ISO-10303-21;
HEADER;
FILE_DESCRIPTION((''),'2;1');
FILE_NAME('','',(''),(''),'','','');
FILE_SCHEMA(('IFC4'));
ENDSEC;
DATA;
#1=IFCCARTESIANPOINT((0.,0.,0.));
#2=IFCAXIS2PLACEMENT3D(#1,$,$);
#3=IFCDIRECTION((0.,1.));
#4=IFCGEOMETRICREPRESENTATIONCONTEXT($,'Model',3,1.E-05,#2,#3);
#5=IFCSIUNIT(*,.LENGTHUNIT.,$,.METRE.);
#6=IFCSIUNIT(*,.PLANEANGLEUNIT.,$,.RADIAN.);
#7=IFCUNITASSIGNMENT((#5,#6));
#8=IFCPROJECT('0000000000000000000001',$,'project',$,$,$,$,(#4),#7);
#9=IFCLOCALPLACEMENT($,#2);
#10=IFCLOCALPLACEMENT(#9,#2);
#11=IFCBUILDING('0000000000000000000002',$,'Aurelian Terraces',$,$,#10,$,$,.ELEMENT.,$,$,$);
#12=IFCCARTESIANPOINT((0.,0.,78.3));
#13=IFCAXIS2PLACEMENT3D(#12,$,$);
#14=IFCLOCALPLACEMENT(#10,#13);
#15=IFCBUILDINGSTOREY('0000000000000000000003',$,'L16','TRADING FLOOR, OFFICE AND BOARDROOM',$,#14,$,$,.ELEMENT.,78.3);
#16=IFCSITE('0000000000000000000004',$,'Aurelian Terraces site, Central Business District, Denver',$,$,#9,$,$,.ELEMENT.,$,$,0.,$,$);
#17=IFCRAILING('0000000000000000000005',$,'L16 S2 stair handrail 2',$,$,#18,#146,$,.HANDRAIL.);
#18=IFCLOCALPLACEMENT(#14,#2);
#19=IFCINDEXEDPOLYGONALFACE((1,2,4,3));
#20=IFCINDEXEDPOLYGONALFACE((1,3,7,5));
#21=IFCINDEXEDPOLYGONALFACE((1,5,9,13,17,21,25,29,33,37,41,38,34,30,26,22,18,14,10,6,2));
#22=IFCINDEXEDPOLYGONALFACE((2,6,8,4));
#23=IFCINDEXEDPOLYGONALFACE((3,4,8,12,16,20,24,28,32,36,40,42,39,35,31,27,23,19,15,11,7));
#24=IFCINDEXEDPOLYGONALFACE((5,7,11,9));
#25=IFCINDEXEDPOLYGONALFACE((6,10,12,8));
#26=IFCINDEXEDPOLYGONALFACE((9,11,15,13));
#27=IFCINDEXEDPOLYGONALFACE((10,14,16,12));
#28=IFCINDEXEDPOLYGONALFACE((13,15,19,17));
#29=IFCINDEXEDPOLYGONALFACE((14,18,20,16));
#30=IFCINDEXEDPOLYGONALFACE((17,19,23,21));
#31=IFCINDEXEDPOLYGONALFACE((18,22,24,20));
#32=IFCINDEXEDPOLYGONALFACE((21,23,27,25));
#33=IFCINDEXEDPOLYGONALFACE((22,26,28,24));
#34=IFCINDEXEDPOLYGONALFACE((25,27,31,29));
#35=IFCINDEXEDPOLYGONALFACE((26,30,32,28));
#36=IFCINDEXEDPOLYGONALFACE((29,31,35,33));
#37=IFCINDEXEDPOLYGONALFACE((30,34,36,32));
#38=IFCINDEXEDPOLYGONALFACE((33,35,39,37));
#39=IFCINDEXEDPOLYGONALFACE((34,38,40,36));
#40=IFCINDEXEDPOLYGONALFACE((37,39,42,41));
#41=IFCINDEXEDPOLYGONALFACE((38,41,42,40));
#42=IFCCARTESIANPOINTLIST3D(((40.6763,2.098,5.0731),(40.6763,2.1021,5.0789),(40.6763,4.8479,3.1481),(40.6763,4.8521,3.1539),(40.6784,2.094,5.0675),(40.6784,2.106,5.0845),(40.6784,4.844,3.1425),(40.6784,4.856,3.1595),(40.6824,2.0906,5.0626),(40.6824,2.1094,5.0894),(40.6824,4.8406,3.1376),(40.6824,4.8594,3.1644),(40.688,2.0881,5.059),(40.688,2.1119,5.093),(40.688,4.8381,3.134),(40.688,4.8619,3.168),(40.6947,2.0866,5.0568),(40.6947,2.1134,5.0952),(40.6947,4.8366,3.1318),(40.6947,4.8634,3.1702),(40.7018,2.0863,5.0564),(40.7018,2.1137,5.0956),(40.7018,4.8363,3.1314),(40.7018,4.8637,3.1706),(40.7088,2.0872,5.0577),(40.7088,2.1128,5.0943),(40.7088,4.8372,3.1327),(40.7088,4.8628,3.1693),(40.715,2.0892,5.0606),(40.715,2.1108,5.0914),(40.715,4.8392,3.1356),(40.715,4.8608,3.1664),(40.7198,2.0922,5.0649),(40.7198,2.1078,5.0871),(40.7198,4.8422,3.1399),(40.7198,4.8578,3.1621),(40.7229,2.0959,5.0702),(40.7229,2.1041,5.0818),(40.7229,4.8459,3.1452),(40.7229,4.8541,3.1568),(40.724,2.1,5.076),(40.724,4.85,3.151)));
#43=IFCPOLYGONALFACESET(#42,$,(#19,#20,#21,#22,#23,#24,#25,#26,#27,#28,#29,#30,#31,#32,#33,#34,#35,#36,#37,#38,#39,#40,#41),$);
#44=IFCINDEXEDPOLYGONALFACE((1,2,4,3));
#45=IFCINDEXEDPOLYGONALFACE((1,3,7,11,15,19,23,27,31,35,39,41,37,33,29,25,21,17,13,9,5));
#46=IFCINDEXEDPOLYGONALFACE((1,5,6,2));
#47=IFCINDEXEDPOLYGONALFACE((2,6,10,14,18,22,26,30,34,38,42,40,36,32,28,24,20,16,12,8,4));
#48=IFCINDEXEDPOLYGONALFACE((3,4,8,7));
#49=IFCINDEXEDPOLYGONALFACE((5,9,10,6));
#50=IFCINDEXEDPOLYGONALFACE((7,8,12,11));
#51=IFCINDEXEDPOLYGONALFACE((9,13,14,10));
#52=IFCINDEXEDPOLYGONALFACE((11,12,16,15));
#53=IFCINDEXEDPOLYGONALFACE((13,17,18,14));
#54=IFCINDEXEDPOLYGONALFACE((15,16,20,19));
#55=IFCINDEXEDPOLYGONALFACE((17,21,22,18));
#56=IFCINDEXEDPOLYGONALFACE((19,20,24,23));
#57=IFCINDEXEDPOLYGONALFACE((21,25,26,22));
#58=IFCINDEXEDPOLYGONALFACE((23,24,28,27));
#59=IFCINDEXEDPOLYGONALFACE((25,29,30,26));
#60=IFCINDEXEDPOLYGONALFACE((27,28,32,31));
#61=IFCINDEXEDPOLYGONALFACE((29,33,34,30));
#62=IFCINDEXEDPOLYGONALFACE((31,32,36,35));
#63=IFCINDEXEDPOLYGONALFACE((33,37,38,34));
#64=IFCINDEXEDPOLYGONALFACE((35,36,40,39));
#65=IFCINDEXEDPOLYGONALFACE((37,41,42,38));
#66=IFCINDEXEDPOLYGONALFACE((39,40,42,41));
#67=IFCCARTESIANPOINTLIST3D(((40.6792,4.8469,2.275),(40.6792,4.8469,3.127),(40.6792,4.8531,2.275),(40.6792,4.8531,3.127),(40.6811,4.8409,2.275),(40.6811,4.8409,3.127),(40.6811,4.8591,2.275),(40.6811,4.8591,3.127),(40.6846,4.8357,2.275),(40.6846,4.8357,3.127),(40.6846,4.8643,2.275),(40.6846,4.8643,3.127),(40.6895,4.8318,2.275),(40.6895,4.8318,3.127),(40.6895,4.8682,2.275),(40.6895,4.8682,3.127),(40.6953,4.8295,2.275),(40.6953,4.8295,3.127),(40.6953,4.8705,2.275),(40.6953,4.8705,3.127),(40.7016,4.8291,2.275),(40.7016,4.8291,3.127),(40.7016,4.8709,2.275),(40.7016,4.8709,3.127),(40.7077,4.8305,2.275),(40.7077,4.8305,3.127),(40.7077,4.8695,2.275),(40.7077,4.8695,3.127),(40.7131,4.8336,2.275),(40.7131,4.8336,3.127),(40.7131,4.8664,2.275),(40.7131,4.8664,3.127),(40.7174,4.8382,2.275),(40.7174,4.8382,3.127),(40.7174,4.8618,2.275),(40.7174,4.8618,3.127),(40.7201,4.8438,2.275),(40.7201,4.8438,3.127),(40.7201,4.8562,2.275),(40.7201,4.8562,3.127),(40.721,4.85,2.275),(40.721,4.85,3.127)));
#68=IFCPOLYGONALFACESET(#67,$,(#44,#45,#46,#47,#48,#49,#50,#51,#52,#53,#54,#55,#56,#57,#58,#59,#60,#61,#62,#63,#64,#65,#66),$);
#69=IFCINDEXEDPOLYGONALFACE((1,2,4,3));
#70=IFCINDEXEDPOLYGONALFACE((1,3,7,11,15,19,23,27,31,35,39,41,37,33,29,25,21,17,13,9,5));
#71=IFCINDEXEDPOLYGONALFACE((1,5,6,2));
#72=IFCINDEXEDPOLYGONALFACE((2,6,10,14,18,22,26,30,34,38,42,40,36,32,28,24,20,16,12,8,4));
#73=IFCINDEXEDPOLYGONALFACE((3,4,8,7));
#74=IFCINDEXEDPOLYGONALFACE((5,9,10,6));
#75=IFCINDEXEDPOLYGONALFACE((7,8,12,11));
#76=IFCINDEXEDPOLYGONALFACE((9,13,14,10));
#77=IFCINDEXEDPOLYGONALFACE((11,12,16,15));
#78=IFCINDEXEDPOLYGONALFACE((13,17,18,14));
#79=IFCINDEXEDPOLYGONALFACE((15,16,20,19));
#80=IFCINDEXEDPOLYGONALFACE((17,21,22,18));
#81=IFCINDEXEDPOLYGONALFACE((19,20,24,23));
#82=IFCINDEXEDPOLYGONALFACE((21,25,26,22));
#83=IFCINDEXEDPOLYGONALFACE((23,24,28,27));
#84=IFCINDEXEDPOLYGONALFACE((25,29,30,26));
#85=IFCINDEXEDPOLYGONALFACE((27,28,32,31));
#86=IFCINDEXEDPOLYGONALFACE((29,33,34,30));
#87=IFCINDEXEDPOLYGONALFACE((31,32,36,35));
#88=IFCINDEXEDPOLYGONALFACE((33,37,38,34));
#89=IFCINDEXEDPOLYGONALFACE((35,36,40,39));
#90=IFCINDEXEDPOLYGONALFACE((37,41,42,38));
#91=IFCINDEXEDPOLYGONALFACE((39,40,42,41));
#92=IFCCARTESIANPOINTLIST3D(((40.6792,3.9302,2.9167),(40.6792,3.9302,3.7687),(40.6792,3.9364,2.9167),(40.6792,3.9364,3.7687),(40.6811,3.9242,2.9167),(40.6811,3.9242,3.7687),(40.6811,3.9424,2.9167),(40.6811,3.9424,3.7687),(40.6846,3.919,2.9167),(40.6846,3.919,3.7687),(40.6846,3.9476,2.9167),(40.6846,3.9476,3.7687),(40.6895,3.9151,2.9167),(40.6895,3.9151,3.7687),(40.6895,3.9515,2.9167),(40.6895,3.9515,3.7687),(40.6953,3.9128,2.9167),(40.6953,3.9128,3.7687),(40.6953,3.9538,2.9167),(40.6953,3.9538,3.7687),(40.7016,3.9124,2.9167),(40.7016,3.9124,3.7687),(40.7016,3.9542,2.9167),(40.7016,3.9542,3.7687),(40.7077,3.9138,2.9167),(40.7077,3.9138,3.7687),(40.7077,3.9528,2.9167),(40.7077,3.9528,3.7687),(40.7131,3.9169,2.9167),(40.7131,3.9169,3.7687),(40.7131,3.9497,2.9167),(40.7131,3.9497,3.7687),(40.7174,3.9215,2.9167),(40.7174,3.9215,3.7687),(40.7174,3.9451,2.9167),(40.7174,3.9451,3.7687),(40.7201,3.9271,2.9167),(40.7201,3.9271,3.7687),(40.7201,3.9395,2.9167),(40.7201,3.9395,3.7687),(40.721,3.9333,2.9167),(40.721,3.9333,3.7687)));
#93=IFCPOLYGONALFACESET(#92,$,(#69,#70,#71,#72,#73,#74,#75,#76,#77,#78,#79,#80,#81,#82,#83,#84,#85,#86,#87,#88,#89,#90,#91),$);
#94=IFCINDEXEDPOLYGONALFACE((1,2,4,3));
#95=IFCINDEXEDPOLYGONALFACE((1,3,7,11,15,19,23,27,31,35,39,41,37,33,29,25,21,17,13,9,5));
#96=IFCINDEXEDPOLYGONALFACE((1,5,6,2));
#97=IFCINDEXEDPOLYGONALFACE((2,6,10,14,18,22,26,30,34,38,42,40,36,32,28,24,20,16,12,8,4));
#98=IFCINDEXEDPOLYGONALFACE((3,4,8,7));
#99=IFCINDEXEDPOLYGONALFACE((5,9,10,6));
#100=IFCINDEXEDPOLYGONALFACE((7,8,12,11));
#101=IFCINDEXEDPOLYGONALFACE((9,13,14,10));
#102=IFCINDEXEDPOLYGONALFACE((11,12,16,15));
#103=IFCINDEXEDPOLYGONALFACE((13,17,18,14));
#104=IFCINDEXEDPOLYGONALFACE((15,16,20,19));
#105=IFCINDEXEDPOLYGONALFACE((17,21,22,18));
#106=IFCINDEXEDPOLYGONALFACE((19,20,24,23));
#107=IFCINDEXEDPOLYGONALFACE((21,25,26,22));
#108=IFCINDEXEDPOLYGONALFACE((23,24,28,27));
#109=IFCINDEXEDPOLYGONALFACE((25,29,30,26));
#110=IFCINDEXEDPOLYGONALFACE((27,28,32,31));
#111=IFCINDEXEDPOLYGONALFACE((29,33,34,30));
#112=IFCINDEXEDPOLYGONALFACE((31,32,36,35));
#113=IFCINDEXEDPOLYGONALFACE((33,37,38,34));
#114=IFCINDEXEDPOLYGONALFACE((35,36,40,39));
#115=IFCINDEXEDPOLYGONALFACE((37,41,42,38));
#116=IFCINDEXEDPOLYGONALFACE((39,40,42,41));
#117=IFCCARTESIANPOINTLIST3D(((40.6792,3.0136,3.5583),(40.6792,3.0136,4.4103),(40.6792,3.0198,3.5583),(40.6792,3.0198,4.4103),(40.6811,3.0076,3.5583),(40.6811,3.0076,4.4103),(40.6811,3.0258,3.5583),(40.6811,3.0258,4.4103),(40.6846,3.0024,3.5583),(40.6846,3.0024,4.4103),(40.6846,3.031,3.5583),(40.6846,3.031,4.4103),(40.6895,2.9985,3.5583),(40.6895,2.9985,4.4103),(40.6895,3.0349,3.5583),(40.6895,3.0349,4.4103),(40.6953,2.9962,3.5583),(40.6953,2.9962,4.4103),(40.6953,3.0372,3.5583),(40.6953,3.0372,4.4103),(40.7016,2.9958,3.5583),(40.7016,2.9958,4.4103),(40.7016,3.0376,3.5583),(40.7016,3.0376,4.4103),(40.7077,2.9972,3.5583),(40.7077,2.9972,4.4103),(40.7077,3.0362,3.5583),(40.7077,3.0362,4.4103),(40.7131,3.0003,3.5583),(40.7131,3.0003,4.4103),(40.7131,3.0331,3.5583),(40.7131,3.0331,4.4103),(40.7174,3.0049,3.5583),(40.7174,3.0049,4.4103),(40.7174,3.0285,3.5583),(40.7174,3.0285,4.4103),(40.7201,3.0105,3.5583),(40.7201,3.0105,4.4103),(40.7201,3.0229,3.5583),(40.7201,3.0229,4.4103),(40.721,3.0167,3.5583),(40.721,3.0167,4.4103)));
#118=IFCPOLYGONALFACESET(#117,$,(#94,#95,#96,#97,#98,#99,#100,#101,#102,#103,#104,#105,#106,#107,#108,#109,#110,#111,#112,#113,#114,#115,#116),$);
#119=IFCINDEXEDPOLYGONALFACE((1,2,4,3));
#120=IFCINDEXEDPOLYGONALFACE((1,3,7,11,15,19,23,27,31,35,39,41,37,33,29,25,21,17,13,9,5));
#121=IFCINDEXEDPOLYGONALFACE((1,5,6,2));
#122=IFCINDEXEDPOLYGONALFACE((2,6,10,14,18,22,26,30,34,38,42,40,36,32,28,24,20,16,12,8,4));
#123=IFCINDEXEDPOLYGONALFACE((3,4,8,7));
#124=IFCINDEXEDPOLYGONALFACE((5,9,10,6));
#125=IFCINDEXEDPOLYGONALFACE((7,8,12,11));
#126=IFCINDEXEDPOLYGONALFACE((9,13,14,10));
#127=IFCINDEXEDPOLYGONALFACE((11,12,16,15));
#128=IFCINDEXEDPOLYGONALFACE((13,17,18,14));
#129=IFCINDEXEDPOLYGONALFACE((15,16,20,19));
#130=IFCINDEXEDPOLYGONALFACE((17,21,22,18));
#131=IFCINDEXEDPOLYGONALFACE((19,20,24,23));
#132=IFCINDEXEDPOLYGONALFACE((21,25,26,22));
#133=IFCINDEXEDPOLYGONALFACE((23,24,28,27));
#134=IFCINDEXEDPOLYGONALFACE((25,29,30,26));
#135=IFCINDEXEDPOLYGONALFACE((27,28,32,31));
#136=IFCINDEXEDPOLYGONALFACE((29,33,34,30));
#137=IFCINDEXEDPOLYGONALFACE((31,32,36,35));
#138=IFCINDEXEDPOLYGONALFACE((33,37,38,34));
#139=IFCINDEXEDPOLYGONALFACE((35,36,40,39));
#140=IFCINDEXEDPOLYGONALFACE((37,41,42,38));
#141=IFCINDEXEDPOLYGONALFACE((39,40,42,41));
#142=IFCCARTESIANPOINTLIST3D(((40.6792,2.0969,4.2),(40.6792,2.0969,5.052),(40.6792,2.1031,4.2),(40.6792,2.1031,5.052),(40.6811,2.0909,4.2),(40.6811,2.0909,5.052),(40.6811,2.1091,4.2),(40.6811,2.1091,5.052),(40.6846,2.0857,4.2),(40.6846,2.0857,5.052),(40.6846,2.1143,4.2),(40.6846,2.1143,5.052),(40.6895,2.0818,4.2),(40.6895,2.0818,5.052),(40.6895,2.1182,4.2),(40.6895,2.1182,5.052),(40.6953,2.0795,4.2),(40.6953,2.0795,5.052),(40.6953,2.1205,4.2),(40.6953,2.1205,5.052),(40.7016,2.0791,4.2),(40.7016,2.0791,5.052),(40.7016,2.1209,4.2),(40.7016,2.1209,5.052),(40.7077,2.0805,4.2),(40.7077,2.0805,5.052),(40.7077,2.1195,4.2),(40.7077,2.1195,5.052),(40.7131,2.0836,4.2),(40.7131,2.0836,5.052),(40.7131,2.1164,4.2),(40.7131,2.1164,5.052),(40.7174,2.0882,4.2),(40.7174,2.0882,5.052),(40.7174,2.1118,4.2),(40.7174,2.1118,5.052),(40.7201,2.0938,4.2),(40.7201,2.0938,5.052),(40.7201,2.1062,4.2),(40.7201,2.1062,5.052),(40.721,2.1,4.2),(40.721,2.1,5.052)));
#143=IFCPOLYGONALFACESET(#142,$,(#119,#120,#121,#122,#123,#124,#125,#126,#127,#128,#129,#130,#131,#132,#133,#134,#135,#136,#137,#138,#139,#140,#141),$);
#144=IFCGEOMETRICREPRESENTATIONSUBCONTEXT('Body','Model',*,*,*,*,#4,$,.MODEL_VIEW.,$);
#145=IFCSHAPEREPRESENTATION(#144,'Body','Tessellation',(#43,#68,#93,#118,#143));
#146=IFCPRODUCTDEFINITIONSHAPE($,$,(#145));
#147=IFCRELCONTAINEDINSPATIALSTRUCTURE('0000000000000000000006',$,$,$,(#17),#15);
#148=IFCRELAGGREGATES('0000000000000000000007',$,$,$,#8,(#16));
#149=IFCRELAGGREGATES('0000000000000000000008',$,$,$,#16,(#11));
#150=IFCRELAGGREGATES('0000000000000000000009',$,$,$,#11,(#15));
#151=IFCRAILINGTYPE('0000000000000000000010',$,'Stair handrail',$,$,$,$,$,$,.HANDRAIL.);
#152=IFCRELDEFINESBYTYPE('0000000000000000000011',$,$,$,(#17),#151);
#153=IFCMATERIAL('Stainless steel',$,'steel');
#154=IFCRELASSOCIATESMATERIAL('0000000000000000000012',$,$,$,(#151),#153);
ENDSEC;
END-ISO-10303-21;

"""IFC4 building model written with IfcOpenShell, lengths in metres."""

from ifc_helpers import new_model, si_unit, direction, frame, origin, origin_2d, place, context, subcontext, project, spatial, circle, extrude, source, transform, mapped, material, type_object, element, save


model = new_model("IFC4")

# Units and contexts
model_context = context("Model", 3, precision=1e-05, world=origin(), true_north=direction((0.0, 1.0)))
body_context = subcontext(model_context, "Body", "Model", "MODEL_VIEW")
ifc_project = project(units=[si_unit("LENGTHUNIT", "METRE"), si_unit("PLANEANGLEUNIT", "RADIAN")], contexts=[model_context])

# Site, building, storey
site_placement = place(None, origin())
site = spatial("IfcSite", under=ifc_project, at=site_placement, Name="Aurelian Terraces site, Central Business District, Denver", CompositionType="ELEMENT", RefElevation=0.0)
building_placement = place(site_placement, origin())
building = spatial("IfcBuilding", under=site, at=building_placement, Name="Aurelian Terraces", CompositionType="ELEMENT")
storey_placement = place(building_placement, frame((0.0, 0.0, 78.3)))
storey = spatial("IfcBuildingStorey", under=building, at=storey_placement, Name="L16", Description="TRADING FLOOR, OFFICE AND BOARDROOM", CompositionType="ELEMENT", Elevation=78.3)

# Railing
ifc_material_1 = material(Name="Stainless steel", Category="steel")
railing_type_1 = type_object("IfcRailingType", Name="Stair handrail", PredefinedType="HANDRAIL", material=ifc_material_1)
shared_shape_1 = source(origin(), body_context, "Body", "SweptSolid", [
    extrude(circle(Radius=0.024, at=origin_2d()), frame((0.0, 0.0, 0.876), z_axis=(0.0, -0.819232, 0.573462), x_axis=(1.0, 0.0, 0.0)), (0.0, 0.0, 1.0), 3.3568),
    extrude(circle(Radius=0.021, at=origin_2d()), origin(), (0.0, 0.0, 1.0), 0.852),
    extrude(circle(Radius=0.021, at=origin_2d()), frame((0.0, -0.9167, 0.6417)), (0.0, 0.0, 1.0), 0.852),
    extrude(circle(Radius=0.021, at=origin_2d()), frame((0.0, -1.8333, 1.2833)), (0.0, 0.0, 1.0), 0.852),
    extrude(circle(Radius=0.021, at=origin_2d()), frame((0.0, -2.75, 1.925)), (0.0, 0.0, 1.0), 0.852),
])
railing_1_placement = place(storey_placement, frame((40.7, 4.85, 2.275)))
element("IfcRailing", 1, at=railing_1_placement, inside=storey, type_object=railing_type_1, Name="L16 S2 stair handrail 2", PredefinedType="HANDRAIL", context=body_context, shape_type="MappedRepresentation", body=[
    mapped(shared_shape_1, transform((0.0, 0.0, 0.0), scale=1.0)),
])

save(model, "model.ifc")
